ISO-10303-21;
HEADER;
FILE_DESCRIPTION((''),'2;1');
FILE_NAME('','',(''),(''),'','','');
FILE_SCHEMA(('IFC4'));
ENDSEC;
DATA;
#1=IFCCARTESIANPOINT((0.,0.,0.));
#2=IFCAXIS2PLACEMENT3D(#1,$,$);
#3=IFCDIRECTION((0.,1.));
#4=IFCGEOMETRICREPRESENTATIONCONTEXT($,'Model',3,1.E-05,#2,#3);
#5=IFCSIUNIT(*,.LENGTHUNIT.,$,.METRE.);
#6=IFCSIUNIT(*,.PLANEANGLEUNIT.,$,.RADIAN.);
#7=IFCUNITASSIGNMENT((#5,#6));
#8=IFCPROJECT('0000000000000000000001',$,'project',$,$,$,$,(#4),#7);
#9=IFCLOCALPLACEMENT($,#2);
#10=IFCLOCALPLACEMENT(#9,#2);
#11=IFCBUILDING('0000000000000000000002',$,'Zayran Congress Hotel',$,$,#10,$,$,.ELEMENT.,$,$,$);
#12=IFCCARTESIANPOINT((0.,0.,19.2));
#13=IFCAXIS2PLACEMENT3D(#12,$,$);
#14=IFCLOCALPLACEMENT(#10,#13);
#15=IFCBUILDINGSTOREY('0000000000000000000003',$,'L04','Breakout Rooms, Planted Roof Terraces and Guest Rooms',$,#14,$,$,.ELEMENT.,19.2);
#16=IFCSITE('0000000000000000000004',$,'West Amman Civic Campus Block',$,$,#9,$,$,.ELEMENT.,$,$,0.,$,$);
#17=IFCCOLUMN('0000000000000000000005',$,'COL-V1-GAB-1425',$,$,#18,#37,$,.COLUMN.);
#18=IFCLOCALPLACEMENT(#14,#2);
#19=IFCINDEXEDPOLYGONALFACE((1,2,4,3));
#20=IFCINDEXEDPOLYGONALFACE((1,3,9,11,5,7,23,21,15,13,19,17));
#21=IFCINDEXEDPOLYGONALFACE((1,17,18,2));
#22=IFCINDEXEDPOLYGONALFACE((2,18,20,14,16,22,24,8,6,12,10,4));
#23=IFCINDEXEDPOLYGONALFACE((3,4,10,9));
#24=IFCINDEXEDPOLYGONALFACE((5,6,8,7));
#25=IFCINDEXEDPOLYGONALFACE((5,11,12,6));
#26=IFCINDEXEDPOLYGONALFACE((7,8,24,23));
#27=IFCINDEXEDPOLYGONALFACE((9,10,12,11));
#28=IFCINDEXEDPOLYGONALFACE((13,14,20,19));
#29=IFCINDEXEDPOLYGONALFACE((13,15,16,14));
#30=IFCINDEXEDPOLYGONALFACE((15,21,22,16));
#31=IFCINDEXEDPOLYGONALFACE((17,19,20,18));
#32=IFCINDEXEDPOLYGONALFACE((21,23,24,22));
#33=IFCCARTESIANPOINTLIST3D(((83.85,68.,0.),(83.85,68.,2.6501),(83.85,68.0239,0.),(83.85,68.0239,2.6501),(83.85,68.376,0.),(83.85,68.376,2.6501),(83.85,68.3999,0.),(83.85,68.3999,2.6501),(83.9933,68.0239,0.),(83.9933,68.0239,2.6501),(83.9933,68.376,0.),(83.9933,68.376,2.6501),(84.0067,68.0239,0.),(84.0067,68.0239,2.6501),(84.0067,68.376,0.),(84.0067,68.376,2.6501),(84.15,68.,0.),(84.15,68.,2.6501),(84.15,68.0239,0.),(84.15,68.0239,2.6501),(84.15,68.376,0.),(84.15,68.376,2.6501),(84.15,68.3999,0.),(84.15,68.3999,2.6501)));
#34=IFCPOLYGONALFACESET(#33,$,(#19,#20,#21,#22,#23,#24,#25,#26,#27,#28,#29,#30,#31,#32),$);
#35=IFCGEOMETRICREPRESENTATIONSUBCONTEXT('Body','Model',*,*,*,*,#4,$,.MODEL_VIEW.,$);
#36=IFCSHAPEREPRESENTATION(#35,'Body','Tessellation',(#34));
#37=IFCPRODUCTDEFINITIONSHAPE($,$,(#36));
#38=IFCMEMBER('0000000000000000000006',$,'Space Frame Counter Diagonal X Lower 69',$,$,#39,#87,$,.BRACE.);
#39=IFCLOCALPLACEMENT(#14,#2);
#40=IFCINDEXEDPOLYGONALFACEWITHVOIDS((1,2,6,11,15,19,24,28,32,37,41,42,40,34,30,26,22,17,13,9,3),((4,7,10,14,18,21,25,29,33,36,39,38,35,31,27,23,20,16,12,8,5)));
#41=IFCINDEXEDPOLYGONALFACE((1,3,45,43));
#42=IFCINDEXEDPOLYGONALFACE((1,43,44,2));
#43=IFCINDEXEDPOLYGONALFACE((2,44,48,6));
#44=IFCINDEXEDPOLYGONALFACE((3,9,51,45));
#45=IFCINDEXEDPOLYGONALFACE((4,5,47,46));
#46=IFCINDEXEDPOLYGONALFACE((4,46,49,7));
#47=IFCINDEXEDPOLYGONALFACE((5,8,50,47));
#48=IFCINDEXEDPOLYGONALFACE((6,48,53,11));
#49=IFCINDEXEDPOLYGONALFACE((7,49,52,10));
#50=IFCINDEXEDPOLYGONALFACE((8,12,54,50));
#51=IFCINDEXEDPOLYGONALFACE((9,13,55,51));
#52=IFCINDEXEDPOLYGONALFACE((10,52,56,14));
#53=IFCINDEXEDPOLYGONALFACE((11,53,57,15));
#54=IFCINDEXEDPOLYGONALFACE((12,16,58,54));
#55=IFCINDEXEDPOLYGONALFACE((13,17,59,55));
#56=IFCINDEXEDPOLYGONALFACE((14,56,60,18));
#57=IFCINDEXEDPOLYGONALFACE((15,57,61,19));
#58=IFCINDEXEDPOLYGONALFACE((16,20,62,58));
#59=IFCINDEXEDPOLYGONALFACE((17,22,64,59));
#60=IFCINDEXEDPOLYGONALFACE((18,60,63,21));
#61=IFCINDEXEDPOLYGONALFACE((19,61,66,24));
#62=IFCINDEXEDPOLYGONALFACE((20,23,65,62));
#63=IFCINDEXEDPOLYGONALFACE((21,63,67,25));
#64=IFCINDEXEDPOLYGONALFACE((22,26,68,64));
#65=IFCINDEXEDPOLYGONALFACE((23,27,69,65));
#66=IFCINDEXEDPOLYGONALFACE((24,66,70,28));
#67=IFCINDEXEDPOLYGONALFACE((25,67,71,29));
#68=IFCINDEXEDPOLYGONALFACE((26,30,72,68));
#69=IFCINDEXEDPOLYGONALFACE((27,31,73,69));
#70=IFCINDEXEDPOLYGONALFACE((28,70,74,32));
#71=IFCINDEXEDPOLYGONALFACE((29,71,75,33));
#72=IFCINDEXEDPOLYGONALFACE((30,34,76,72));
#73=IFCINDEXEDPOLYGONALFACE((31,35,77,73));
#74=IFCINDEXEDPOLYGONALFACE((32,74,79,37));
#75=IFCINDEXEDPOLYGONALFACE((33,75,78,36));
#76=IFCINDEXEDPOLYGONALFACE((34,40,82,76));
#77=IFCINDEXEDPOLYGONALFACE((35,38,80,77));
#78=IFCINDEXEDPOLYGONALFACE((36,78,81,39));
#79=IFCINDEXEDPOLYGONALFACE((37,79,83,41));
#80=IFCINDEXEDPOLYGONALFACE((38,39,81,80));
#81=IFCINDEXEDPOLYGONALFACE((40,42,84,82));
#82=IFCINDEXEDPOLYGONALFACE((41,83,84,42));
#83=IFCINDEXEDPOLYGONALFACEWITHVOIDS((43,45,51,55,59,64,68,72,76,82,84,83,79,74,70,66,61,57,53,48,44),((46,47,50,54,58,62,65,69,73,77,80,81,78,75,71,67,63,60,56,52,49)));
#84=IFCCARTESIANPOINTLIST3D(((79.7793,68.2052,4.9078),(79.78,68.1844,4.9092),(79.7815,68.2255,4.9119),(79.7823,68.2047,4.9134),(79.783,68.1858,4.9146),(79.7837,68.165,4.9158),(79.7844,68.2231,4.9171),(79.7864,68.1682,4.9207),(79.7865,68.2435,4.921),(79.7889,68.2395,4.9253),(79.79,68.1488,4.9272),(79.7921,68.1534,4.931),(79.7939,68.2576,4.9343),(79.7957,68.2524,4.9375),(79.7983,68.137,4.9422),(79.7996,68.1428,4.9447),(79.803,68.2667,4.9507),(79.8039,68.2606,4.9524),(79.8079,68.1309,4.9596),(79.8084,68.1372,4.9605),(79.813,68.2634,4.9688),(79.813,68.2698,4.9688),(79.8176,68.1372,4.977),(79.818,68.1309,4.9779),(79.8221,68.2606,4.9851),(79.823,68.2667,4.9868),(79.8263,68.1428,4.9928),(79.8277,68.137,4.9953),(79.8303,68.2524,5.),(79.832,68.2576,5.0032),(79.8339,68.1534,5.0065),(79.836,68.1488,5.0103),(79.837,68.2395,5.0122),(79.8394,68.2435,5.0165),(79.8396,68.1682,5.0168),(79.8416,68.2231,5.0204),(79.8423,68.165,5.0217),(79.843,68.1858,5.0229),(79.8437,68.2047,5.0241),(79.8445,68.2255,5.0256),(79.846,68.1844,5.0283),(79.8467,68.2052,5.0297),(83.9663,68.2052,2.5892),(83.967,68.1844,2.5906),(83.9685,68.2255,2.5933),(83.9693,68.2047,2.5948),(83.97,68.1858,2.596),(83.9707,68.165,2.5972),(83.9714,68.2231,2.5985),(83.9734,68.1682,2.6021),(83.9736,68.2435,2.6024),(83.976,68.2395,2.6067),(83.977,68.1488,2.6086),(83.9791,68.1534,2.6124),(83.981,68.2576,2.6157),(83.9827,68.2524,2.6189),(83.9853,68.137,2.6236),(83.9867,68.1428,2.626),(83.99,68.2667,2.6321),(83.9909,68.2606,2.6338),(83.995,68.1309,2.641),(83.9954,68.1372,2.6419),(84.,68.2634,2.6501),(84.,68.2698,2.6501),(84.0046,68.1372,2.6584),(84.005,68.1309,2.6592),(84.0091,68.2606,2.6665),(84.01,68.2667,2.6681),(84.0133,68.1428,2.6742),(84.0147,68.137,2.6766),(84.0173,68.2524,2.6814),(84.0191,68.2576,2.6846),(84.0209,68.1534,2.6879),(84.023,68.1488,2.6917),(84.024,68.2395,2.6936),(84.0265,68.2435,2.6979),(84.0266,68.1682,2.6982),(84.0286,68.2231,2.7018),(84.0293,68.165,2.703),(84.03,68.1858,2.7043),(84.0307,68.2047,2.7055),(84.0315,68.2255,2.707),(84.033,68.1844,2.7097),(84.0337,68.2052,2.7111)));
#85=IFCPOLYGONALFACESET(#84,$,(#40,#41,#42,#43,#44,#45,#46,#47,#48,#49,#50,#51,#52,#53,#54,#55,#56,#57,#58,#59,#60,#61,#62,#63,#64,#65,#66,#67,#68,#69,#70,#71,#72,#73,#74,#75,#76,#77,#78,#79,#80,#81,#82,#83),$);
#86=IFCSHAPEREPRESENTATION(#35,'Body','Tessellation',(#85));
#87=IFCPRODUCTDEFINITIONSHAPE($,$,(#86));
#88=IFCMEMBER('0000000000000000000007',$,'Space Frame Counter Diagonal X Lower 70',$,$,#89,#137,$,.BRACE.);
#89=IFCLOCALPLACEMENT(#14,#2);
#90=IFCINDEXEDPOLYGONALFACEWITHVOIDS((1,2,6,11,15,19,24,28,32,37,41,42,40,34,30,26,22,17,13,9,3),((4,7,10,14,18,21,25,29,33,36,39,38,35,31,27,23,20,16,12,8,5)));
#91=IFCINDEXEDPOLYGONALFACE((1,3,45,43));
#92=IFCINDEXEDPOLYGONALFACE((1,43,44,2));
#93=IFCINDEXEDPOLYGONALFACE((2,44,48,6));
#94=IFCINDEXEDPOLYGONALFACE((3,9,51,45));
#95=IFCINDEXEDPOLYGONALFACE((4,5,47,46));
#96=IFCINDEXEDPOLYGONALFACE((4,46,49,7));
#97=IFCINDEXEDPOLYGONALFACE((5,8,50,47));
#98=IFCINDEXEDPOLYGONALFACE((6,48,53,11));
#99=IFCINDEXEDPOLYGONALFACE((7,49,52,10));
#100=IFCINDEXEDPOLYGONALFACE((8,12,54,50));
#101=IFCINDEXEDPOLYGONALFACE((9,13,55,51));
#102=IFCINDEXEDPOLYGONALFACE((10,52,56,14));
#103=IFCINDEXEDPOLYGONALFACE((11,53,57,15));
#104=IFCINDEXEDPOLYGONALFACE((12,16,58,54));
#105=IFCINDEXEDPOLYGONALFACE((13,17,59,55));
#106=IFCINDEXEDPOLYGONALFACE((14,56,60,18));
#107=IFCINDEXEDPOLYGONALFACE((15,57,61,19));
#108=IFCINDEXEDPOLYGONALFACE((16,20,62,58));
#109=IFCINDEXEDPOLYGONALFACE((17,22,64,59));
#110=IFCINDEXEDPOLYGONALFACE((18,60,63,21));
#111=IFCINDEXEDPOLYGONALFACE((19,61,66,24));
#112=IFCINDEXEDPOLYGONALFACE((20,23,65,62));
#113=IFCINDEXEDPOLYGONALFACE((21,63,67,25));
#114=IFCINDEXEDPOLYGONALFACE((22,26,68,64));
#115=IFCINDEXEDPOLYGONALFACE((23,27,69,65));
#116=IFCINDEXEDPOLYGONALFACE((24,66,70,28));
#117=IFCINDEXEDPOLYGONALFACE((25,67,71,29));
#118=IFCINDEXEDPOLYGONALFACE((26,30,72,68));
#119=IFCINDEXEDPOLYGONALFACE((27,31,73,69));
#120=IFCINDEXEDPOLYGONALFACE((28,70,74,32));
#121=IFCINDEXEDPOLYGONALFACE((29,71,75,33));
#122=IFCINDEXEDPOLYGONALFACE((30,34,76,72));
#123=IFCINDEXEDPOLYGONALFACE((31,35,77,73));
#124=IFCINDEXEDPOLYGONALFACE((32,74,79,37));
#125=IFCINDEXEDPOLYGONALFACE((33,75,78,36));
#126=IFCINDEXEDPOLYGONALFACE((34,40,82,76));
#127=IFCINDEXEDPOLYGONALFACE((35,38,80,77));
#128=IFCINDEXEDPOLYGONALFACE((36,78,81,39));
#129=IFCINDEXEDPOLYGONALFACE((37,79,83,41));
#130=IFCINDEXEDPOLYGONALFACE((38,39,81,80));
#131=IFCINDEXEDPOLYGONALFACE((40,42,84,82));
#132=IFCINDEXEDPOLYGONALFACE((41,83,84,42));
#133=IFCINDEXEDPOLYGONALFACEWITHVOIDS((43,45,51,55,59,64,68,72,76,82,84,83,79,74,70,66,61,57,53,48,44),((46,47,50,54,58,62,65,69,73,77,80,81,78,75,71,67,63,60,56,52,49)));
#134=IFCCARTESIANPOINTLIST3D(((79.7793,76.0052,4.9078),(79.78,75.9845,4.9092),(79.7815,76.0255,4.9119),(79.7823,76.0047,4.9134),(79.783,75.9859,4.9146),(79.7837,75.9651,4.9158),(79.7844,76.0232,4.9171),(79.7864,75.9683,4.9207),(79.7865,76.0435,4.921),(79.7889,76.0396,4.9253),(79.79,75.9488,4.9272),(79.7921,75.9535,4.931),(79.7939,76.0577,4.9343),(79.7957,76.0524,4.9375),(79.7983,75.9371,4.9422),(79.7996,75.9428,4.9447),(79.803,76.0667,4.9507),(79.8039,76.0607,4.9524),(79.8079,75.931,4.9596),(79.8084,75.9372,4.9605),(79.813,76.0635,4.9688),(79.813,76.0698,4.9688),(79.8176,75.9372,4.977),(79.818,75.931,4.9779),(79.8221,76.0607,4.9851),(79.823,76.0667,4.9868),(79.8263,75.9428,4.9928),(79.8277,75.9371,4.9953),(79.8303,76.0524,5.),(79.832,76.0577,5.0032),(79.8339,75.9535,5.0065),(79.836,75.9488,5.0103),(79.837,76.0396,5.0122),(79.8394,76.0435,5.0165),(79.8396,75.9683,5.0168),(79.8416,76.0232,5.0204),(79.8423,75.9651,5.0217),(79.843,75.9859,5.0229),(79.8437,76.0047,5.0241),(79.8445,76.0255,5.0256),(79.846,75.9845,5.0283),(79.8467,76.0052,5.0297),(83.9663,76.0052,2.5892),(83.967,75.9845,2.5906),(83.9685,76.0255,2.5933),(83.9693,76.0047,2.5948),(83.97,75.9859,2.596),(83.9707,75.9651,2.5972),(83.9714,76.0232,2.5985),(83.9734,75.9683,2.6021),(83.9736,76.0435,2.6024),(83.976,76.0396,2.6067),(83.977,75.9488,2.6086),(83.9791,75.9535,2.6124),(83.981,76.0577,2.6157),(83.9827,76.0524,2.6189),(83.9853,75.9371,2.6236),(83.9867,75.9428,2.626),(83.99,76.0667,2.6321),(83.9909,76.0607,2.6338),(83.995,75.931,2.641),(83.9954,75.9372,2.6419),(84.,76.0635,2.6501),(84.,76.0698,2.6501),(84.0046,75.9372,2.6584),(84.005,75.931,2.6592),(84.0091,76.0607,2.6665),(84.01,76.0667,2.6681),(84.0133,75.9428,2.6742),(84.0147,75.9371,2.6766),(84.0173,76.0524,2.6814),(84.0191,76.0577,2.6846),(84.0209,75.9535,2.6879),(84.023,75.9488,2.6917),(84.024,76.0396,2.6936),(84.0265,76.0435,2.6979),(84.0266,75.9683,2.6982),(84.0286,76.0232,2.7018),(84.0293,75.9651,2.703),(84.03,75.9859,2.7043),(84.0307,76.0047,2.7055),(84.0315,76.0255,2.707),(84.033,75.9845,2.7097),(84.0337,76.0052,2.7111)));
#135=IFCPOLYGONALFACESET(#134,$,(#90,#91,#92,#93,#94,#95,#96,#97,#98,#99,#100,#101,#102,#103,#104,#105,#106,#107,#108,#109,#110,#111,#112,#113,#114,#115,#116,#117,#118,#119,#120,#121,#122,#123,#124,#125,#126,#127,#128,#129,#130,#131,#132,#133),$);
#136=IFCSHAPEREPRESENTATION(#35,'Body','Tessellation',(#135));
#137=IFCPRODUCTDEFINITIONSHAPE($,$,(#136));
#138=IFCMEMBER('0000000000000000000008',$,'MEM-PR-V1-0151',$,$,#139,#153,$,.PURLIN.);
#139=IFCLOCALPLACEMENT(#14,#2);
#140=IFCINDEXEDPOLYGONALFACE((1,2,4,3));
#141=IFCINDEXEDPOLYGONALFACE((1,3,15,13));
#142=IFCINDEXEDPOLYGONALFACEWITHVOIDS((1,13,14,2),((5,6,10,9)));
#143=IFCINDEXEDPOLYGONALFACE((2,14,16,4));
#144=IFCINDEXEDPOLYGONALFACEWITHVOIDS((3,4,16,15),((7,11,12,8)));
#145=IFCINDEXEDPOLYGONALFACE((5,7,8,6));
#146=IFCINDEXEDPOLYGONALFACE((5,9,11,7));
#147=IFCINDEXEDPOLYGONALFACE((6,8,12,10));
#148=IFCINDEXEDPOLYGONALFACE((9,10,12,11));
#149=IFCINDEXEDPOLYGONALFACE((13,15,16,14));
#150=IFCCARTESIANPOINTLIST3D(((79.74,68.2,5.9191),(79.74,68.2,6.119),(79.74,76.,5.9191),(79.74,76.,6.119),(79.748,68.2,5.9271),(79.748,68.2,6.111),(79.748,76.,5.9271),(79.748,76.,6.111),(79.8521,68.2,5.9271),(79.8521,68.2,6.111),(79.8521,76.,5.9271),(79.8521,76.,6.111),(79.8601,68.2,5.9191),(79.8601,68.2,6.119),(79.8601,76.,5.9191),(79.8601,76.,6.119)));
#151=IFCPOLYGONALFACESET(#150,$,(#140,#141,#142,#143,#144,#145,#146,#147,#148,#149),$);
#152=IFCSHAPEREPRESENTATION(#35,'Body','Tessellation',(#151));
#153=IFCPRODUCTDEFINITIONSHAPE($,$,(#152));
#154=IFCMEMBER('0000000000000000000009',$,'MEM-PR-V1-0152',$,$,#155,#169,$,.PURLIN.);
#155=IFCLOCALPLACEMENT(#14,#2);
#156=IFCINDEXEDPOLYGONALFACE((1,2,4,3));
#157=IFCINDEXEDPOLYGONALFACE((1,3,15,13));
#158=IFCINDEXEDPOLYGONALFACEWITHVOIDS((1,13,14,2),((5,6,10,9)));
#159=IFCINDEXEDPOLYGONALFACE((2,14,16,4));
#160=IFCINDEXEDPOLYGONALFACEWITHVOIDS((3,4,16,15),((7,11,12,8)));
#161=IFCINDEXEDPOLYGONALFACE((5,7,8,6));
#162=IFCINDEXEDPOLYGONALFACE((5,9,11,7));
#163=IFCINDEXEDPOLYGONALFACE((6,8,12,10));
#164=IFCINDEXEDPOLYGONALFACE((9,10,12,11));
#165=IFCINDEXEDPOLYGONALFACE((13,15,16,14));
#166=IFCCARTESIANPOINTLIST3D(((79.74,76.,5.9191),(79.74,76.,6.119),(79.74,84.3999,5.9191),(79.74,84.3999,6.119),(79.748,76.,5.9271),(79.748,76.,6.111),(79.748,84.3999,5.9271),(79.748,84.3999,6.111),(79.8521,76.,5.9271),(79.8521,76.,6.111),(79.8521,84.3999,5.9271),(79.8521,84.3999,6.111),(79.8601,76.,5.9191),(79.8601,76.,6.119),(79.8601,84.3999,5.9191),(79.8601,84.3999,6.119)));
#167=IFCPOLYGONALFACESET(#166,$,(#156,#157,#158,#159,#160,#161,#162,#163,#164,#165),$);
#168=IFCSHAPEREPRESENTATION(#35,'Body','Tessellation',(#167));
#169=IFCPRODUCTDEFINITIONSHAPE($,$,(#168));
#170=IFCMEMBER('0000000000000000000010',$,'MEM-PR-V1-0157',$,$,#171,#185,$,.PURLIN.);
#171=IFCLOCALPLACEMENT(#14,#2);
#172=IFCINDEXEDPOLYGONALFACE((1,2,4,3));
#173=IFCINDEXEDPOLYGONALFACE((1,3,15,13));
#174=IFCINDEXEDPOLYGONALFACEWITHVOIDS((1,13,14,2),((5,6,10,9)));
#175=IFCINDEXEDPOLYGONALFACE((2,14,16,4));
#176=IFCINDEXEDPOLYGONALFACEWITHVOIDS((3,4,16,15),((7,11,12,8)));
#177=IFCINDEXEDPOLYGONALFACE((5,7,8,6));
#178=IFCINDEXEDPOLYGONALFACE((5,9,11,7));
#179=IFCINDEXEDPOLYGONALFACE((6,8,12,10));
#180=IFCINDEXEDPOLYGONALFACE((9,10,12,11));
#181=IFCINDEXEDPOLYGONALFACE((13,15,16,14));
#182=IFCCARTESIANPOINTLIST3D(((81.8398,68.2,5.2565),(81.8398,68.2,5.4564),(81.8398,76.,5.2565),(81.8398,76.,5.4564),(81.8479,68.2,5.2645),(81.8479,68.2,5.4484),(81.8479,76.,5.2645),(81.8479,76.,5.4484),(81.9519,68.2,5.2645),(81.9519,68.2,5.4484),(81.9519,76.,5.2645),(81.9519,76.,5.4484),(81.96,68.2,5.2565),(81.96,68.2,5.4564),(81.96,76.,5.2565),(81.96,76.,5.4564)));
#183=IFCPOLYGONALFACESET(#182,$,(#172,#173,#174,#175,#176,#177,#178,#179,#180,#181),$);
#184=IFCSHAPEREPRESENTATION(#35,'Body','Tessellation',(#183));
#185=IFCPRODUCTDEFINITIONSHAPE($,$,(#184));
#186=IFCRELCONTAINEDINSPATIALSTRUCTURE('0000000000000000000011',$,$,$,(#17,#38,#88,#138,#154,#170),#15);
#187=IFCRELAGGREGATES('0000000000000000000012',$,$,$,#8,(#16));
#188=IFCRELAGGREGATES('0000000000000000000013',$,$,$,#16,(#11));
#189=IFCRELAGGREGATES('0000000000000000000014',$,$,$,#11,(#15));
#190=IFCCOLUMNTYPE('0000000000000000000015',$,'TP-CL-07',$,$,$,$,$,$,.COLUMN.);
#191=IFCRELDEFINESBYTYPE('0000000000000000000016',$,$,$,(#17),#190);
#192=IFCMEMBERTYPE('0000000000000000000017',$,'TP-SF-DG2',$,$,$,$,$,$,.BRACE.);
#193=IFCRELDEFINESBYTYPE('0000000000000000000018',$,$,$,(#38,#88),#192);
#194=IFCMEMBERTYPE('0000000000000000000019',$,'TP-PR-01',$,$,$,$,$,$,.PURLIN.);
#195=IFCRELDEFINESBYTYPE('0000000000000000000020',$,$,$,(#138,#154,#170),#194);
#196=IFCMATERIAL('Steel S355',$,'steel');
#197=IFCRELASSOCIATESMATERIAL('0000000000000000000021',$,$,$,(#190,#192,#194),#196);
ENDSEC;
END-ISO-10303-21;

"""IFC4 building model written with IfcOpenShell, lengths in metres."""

from ifc_helpers import new_model, si_unit, direction, frame, origin, origin_2d, place, context, subcontext, project, spatial, hollow_rectangle, hollow_circle, i_section, extrude, material, material_profile, profile_set, type_object, element, save


model = new_model("IFC4")

# Units and contexts
model_context = context("Model", 3, precision=1e-05, world=origin(), true_north=direction((0.0, 1.0)))
body_context = subcontext(model_context, "Body", "Model", "MODEL_VIEW")
ifc_project = project(units=[si_unit("LENGTHUNIT", "METRE"), si_unit("PLANEANGLEUNIT", "RADIAN")], contexts=[model_context])

# Site, building, storey
site_placement = place(None, origin())
site = spatial("IfcSite", under=ifc_project, at=site_placement, Name="West Amman Civic Campus Block", CompositionType="ELEMENT", RefElevation=0.0)
building_placement = place(site_placement, origin())
building = spatial("IfcBuilding", under=site, at=building_placement, Name="Zayran Congress Hotel", CompositionType="ELEMENT")
storey_placement = place(building_placement, frame((0.0, 0.0, 19.2)))
storey = spatial("IfcBuildingStorey", under=building, at=storey_placement, Name="L04", Description="Breakout Rooms, Planted Roof Terraces and Guest Rooms", CompositionType="ELEMENT", Elevation=19.2)

# Column
ifc_material_1 = material(Name="Steel S355", Category="steel")
ifc_material_profile_1 = material_profile(ifc_material_1, i_section(OverallWidth=0.3, OverallDepth=0.3999, WebThickness=0.0134, FlangeThickness=0.0239, at=origin_2d()), Name="HEB 400")
ifc_profile_set_1 = profile_set([ifc_material_profile_1], Name="Steel S355")
column_type = type_object("IfcColumnType", Name="TP-CL-07", PredefinedType="COLUMN", material=ifc_profile_set_1)
column_placement = place(storey_placement, frame((84.0, 68.2, 0.0), z_axis=(0.0, 0.0, 1.0), x_axis=(1.0, 0.0, 0.0)))
element("IfcColumn", 1, at=column_placement, inside=storey, type_object=column_type, Name="COL-V1-GAB-1425", PredefinedType="COLUMN", context=body_context, shape_type="SweptSolid", body=[
    extrude(i_section(OverallWidth=0.3, OverallDepth=0.3999, WebThickness=0.0134, FlangeThickness=0.0239, at=origin_2d()), origin(), (0.0, 0.0, 1.0), 2.6501),
])

# Members
ifc_material_profile_2 = material_profile(ifc_material_1, hollow_circle(Radius=0.0698, WallThickness=0.0063, at=origin_2d()), Name="CHS 139.7x6.3")
ifc_profile_set_2 = profile_set([ifc_material_profile_2], Name="Steel S355")
member_type_1 = type_object("IfcMemberType", Name="TP-SF-DG2", PredefinedType="BRACE", material=ifc_profile_set_2)
for number, where, z_axis, x_axis, name in (
    (2, (79.813, 68.2, 4.9688), (0.874823, 0.0, -0.484443), (0.0, 1.0, 0.0), "Space Frame Counter Diagonal X Lower 69"),
    (3, (79.813, 76.0, 4.9688), (0.874823, 0.0, -0.484443), (0.0, 1.0, 0.0), "Space Frame Counter Diagonal X Lower 70"),
):
    element("IfcMember", number, at=place(storey_placement, frame(where, z_axis=z_axis, x_axis=x_axis)), inside=storey, type_object=member_type_1, Name=name, PredefinedType="BRACE", context=body_context, shape_type="SweptSolid", body=[
        extrude(hollow_circle(Radius=0.0698, WallThickness=0.0063, at=origin_2d()), origin(), (0.0, 0.0, 1.0), 4.7861),
    ])
ifc_material_profile_3 = material_profile(ifc_material_1, hollow_rectangle(XDim=0.1201, YDim=0.2, WallThickness=0.0081, at=origin_2d()), Name="RHS 200x120x8")
ifc_profile_set_3 = profile_set([ifc_material_profile_3], Name="Steel S355")
member_type_2 = type_object("IfcMemberType", Name="TP-PR-01", PredefinedType="PURLIN", material=ifc_profile_set_3)
member_1_placement = place(storey_placement, frame((79.8, 68.2, 6.019), z_axis=(0.0, 1.0, 0.0), x_axis=(-1.0, 0.0, 0.0)))
element("IfcMember", 4, at=member_1_placement, inside=storey, type_object=member_type_2, Name="MEM-PR-V1-0151", PredefinedType="PURLIN", context=body_context, shape_type="SweptSolid", body=[
    extrude(hollow_rectangle(XDim=0.1201, YDim=0.2, WallThickness=0.0081, at=origin_2d()), origin(), (0.0, 0.0, 1.0), 7.8),
])
member_2_placement = place(storey_placement, frame((79.8, 76.0, 6.019), z_axis=(0.0, 1.0, 0.0), x_axis=(-1.0, 0.0, 0.0)))
element("IfcMember", 5, at=member_2_placement, inside=storey, type_object=member_type_2, Name="MEM-PR-V1-0152", PredefinedType="PURLIN", context=body_context, shape_type="SweptSolid", body=[
    extrude(hollow_rectangle(XDim=0.1201, YDim=0.2, WallThickness=0.0081, at=origin_2d()), origin(), (0.0, 0.0, 1.0), 8.3999),
])
member_3_placement = place(storey_placement, frame((81.8999, 68.2, 5.3564), z_axis=(0.0, 1.0, 0.0), x_axis=(-1.0, 0.0, 0.0)))
element("IfcMember", 6, at=member_3_placement, inside=storey, type_object=member_type_2, Name="MEM-PR-V1-0157", PredefinedType="PURLIN", context=body_context, shape_type="SweptSolid", body=[
    extrude(hollow_rectangle(XDim=0.1201, YDim=0.2, WallThickness=0.0081, at=origin_2d()), origin(), (0.0, 0.0, 1.0), 7.8),
])

save(model, "model.ifc")
